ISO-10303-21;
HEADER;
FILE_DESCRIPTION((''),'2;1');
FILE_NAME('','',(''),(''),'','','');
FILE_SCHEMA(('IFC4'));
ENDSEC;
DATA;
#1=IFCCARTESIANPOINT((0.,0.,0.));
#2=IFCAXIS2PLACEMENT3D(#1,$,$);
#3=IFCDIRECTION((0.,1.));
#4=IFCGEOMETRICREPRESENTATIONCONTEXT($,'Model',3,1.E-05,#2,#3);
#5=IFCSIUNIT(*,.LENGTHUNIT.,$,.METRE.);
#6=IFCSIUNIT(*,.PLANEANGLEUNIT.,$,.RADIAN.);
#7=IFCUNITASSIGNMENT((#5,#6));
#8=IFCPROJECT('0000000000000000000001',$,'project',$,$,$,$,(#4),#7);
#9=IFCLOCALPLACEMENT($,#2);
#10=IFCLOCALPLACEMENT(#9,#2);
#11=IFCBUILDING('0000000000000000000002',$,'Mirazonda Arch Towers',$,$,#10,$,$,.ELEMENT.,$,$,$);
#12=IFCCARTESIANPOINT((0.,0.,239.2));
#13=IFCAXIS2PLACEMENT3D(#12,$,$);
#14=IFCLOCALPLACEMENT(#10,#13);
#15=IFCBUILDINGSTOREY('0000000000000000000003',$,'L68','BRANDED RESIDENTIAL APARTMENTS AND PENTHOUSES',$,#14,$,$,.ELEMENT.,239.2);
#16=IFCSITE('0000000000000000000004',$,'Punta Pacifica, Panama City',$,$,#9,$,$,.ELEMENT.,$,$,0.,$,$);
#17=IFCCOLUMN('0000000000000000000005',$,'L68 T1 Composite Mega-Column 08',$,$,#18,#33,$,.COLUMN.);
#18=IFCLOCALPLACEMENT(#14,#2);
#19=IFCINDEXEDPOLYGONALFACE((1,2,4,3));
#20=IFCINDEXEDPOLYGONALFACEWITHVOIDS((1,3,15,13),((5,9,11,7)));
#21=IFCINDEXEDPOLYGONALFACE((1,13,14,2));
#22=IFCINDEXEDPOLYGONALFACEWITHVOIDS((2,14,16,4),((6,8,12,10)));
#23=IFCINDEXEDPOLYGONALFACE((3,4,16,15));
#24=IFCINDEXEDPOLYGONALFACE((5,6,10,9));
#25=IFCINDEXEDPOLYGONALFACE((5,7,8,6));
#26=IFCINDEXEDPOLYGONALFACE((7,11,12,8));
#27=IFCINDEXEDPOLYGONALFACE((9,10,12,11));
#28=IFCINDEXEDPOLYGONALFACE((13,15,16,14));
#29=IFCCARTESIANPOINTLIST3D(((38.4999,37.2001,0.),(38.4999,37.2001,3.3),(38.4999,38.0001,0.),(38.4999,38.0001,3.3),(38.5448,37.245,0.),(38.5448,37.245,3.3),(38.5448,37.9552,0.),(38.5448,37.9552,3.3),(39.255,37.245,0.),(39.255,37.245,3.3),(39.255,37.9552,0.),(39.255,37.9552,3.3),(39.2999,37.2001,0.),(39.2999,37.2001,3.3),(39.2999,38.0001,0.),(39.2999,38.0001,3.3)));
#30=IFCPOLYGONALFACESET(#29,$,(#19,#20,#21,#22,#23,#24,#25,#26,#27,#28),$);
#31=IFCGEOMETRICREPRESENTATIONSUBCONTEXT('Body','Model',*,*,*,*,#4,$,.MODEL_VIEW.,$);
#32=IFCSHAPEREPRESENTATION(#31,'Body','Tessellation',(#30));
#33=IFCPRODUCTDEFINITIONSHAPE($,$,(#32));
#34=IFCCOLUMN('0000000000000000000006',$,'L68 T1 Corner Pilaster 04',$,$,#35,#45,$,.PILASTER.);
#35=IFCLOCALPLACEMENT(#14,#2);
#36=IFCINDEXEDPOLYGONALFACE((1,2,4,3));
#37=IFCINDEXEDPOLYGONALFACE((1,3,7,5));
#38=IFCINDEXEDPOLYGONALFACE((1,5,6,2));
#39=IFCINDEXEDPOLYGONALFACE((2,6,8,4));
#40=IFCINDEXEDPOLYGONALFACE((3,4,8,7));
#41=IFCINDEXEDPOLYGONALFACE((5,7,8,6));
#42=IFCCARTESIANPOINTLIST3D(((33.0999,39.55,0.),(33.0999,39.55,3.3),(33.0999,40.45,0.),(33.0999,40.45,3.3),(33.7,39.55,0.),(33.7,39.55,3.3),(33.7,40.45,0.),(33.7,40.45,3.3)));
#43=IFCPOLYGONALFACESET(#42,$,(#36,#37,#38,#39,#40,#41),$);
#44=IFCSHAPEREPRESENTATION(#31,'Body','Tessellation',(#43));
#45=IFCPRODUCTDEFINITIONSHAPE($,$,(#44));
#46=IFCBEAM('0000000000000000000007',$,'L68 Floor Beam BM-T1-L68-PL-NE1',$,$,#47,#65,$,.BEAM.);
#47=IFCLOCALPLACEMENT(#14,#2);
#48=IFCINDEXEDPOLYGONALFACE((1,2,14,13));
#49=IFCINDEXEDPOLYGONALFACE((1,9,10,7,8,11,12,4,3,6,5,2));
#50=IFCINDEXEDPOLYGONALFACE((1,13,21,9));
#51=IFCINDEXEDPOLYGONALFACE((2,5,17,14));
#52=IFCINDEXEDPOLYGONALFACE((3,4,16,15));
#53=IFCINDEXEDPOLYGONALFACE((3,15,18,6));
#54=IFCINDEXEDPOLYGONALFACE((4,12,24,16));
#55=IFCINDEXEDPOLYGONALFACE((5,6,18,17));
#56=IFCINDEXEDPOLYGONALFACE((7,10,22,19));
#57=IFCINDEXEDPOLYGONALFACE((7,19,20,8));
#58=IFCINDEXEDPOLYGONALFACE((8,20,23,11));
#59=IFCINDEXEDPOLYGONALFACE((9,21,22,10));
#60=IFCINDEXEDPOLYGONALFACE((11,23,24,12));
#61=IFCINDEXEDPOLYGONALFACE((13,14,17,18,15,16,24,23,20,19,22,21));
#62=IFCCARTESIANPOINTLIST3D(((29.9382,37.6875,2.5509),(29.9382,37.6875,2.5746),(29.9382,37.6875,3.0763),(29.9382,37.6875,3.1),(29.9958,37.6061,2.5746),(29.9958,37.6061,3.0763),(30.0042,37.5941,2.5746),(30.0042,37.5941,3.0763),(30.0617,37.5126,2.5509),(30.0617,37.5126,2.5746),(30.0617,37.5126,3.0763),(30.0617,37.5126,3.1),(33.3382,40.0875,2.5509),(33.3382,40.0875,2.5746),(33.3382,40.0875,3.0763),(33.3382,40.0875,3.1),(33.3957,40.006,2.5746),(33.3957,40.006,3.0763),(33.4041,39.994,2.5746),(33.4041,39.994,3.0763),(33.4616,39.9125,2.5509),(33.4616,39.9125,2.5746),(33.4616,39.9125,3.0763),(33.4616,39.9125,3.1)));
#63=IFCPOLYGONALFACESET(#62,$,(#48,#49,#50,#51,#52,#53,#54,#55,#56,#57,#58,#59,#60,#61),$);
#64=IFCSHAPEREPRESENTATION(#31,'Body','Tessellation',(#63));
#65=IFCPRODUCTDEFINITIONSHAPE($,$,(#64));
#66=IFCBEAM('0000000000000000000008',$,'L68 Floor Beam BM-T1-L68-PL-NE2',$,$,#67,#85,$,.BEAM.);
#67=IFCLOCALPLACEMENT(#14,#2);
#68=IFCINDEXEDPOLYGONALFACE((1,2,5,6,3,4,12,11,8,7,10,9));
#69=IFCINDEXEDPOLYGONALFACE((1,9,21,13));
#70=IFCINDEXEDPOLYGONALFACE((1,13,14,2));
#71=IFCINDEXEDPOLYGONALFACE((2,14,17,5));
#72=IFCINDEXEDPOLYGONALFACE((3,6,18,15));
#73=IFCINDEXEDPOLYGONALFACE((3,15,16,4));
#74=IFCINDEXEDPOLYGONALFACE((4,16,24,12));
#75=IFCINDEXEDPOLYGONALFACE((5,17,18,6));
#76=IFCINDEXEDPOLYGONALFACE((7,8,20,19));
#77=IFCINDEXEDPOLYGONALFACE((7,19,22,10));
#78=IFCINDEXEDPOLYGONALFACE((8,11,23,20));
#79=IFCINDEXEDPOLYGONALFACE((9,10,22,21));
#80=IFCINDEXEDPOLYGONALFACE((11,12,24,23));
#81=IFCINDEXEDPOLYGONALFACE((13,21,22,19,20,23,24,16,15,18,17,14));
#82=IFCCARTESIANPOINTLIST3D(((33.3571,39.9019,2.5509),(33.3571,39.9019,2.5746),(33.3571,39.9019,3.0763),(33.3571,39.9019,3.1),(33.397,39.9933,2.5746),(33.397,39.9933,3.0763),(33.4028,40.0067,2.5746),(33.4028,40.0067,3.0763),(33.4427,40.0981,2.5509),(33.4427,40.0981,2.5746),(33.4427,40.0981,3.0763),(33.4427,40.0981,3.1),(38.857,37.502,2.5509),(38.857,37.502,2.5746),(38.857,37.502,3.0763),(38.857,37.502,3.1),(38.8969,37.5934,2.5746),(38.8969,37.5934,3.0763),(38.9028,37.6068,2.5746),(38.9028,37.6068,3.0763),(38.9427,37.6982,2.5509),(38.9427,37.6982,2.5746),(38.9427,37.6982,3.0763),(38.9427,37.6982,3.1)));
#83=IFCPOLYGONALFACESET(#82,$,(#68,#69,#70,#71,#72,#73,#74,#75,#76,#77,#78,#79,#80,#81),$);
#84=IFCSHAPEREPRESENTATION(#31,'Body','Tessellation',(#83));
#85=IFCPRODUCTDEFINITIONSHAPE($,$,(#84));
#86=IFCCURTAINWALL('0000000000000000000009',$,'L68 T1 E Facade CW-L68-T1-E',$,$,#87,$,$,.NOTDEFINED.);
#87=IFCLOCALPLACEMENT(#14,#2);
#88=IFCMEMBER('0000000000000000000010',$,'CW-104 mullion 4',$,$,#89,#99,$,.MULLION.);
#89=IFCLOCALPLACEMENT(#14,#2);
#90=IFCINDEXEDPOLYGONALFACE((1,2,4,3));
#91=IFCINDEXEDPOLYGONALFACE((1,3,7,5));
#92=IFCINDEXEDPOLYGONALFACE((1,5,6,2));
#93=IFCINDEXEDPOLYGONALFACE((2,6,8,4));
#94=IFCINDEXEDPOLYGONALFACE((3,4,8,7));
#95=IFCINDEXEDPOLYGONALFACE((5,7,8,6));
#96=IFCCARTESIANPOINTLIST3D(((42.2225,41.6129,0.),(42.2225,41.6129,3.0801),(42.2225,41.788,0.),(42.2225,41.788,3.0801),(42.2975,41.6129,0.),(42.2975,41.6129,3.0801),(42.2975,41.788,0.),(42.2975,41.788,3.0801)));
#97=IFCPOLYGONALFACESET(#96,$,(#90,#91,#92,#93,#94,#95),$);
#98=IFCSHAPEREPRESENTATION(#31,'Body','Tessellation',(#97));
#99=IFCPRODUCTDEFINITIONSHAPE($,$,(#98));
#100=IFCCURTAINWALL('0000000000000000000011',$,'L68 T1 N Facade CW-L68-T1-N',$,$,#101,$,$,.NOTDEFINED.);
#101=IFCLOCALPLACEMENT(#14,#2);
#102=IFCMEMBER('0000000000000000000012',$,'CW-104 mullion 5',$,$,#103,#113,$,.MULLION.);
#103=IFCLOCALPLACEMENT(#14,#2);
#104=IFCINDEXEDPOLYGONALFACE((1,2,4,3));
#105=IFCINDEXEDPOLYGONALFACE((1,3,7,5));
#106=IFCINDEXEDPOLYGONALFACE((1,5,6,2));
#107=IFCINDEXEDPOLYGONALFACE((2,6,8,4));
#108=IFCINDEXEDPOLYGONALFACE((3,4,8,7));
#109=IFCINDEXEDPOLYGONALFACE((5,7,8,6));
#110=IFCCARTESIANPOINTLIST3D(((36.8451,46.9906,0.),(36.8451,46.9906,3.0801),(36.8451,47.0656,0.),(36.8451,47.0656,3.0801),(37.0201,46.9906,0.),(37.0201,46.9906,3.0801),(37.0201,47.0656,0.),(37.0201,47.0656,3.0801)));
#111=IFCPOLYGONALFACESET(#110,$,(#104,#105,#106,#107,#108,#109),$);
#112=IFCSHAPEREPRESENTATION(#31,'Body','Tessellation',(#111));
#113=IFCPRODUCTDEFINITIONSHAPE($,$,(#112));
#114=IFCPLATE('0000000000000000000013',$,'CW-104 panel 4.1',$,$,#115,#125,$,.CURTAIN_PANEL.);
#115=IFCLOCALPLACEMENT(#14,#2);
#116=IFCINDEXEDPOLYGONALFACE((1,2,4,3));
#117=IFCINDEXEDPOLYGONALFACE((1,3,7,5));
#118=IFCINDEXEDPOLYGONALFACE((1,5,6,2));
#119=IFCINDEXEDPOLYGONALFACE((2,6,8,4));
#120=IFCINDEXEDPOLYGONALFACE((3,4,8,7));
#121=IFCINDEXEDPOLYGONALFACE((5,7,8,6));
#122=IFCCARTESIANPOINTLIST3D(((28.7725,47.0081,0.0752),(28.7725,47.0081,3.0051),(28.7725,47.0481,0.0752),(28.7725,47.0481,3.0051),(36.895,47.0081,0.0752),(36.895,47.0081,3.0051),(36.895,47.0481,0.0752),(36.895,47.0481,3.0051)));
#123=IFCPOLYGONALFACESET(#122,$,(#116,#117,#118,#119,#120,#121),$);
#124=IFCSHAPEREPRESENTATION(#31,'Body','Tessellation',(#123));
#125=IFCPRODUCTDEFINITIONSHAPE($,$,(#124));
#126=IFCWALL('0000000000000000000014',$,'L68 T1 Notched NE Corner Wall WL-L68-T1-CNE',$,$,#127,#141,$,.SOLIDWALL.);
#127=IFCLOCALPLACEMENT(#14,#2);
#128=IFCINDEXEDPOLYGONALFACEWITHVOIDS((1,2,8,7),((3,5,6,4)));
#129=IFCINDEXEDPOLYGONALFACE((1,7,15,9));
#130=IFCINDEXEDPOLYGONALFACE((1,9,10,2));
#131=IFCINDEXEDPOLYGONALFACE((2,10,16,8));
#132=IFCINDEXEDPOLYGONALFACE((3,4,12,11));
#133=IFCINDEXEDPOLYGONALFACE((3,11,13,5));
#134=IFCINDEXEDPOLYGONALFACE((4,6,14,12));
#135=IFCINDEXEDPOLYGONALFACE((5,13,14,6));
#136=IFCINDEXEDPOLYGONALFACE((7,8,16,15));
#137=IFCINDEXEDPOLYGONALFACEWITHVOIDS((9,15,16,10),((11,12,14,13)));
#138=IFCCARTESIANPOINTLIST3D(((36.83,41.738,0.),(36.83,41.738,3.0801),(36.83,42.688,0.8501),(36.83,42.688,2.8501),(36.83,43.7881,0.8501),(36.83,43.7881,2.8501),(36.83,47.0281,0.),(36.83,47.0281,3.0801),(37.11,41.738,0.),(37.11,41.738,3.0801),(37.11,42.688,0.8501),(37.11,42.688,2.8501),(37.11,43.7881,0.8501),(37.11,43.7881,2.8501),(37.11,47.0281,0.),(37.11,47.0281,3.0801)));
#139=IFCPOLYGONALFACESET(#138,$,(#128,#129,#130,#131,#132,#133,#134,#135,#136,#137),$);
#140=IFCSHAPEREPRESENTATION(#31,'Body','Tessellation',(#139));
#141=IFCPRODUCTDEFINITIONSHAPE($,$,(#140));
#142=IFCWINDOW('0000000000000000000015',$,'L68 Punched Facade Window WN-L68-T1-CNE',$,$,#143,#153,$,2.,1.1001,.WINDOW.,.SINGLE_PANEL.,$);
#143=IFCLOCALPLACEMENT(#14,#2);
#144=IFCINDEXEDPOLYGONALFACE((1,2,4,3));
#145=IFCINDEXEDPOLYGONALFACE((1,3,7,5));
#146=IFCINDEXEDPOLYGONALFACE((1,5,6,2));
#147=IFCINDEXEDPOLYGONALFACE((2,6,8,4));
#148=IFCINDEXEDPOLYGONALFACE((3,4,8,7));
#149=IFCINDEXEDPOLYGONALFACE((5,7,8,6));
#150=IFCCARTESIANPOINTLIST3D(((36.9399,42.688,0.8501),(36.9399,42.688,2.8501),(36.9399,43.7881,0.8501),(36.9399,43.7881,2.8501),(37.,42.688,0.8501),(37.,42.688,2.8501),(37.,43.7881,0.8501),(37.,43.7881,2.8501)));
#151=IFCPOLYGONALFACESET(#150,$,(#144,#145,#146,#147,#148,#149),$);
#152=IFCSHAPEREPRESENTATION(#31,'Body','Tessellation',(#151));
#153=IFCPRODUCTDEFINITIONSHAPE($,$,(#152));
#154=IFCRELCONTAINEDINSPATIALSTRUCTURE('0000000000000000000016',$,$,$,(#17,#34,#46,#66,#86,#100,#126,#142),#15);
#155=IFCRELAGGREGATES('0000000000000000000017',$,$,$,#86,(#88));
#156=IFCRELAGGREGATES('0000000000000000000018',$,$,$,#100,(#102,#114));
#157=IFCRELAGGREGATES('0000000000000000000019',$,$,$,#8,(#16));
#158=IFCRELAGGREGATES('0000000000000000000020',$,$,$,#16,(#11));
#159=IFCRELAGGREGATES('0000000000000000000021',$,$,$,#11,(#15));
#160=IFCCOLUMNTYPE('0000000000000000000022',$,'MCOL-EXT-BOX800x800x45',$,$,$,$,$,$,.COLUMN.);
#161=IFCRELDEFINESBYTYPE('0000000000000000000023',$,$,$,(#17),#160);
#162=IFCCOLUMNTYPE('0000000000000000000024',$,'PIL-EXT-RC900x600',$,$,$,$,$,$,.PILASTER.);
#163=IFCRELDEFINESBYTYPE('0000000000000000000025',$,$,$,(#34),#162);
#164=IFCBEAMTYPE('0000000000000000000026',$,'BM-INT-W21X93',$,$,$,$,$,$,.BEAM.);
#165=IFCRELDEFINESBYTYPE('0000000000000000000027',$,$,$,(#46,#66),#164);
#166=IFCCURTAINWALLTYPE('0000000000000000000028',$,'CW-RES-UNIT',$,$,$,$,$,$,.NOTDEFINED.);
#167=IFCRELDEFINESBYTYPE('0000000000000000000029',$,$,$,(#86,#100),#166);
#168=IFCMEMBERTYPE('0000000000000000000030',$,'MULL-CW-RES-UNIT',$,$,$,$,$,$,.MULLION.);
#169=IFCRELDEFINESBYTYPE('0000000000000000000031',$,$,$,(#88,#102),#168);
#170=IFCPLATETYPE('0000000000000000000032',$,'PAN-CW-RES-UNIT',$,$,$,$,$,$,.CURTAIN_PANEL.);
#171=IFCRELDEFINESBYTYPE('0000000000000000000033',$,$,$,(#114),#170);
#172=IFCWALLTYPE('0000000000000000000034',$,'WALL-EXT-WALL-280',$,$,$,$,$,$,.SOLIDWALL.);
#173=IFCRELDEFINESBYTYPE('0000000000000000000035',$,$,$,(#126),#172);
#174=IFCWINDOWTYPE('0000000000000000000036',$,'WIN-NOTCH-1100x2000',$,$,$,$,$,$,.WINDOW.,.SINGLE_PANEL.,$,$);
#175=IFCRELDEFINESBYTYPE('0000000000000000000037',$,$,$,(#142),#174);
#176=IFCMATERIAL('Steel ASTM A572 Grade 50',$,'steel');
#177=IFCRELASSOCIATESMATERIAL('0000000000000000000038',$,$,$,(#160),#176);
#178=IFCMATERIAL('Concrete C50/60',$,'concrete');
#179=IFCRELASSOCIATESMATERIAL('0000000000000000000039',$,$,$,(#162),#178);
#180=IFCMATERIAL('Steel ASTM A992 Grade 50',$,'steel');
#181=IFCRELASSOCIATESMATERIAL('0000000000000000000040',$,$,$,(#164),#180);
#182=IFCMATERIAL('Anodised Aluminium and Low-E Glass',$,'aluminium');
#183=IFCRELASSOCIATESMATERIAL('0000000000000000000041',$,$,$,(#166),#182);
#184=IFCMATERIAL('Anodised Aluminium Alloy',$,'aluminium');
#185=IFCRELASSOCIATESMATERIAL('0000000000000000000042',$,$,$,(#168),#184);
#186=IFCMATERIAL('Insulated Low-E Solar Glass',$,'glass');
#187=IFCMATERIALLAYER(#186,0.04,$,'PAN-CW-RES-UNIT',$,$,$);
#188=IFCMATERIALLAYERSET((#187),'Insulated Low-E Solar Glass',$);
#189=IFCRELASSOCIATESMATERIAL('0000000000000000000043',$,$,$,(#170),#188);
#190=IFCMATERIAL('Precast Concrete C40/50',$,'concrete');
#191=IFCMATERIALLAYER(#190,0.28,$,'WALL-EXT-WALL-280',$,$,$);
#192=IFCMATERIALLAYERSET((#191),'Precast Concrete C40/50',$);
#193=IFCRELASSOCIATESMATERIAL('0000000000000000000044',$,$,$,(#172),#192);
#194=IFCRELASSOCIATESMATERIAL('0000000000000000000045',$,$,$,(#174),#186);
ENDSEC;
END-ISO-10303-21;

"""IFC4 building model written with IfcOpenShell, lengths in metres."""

from ifc_helpers import new_model, si_unit, direction, frame, frame_2d, origin, origin_2d, place, context, subcontext, project, spatial, rectangle, hollow_rectangle, i_section, extrude, material, layer, layer_set, material_profile, profile_set, type_object, element, fill, aggregate, save


model = new_model("IFC4")

# Units and contexts
model_context = context("Model", 3, precision=1e-05, world=origin(), true_north=direction((0.0, 1.0)))
body_context = subcontext(model_context, "Body", "Model", "MODEL_VIEW")
ifc_project = project(units=[si_unit("LENGTHUNIT", "METRE"), si_unit("PLANEANGLEUNIT", "RADIAN")], contexts=[model_context])

# Site, building, storey
site_placement = place(None, origin())
site = spatial("IfcSite", under=ifc_project, at=site_placement, Name="Punta Pacifica, Panama City", CompositionType="ELEMENT", RefElevation=0.0)
building_placement = place(site_placement, origin())
building = spatial("IfcBuilding", under=site, at=building_placement, Name="Mirazonda Arch Towers", CompositionType="ELEMENT")
storey_placement = place(building_placement, frame((0.0, 0.0, 239.2)))
storey = spatial("IfcBuildingStorey", under=building, at=storey_placement, Name="L68", Description="BRANDED RESIDENTIAL APARTMENTS AND PENTHOUSES", CompositionType="ELEMENT", Elevation=239.2)

# Columns
ifc_material_1 = material(Name="Steel ASTM A572 Grade 50", Category="steel")
ifc_material_profile_1 = material_profile(ifc_material_1, hollow_rectangle(XDim=0.8, YDim=0.8, WallThickness=0.0449, at=origin_2d()), Name="BOX800x800x45")
ifc_profile_set_1 = profile_set([ifc_material_profile_1], Name="Steel ASTM A572 Grade 50")
column_type_1 = type_object("IfcColumnType", Name="MCOL-EXT-BOX800x800x45", PredefinedType="COLUMN", material=ifc_profile_set_1)
column_1_placement = place(storey_placement, frame((38.8999, 37.6001, 0.0), z_axis=(0.0, 0.0, 1.0), x_axis=(1.0, 0.0, 0.0)))
element("IfcColumn", 1, at=column_1_placement, inside=storey, type_object=column_type_1, Name="L68 T1 Composite Mega-Column 08", PredefinedType="COLUMN", context=body_context, shape_type="SweptSolid", body=[
    extrude(hollow_rectangle(XDim=0.8, YDim=0.8, WallThickness=0.0449, at=origin_2d()), origin(), (0.0, 0.0, 1.0), 3.3),
])
ifc_material_2 = material(Name="Concrete C50/60", Category="concrete")
ifc_material_profile_2 = material_profile(ifc_material_2, rectangle(XDim=0.6001, YDim=0.8999, at=origin_2d()), Name="RC900x600")
ifc_profile_set_2 = profile_set([ifc_material_profile_2], Name="Concrete C50/60")
column_type_2 = type_object("IfcColumnType", Name="PIL-EXT-RC900x600", PredefinedType="PILASTER", material=ifc_profile_set_2)
column_2_placement = place(storey_placement, frame((33.3999, 40.0, 0.0), z_axis=(0.0, 0.0, 1.0), x_axis=(1.0, 0.0, 0.0)))
element("IfcColumn", 2, at=column_2_placement, inside=storey, type_object=column_type_2, Name="L68 T1 Corner Pilaster 04", PredefinedType="PILASTER", context=body_context, shape_type="SweptSolid", body=[
    extrude(rectangle(XDim=0.6001, YDim=0.8999, at=origin_2d()), origin(), (0.0, 0.0, 1.0), 3.3),
])

# Beams
ifc_material_3 = material(Name="Steel ASTM A992 Grade 50", Category="steel")
ifc_material_profile_3 = material_profile(ifc_material_3, i_section(OverallWidth=0.2141, OverallDepth=0.5491, WebThickness=0.0146, FlangeThickness=0.0237, at=origin_2d()), Name="W21X93")
ifc_profile_set_3 = profile_set([ifc_material_profile_3], Name="Steel ASTM A992 Grade 50")
beam_type = type_object("IfcBeamType", Name="BM-INT-W21X93", PredefinedType="BEAM", material=ifc_profile_set_3)
beam_1_placement = place(storey_placement, frame((33.3999, 40.0, 2.8254), z_axis=(-0.816971, -0.576679, 0.0), x_axis=(0.576679, -0.816971, 0.0)))
element("IfcBeam", 3, at=beam_1_placement, inside=storey, type_object=beam_type, Name="L68 Floor Beam BM-T1-L68-PL-NE1", PredefinedType="BEAM", context=body_context, shape_type="SweptSolid", body=[
    extrude(i_section(OverallWidth=0.2141, OverallDepth=0.5491, WebThickness=0.0146, FlangeThickness=0.0237, at=origin_2d()), origin(), (0.0, 0.0, 1.0), 4.1616),
])
beam_2_placement = place(storey_placement, frame((33.3999, 40.0, 2.8254), z_axis=(0.916545, -0.399931, 0.0), x_axis=(0.399931, 0.916545, 0.0)))
element("IfcBeam", 4, at=beam_2_placement, inside=storey, type_object=beam_type, Name="L68 Floor Beam BM-T1-L68-PL-NE2", PredefinedType="BEAM", context=body_context, shape_type="SweptSolid", body=[
    extrude(i_section(OverallWidth=0.2141, OverallDepth=0.5491, WebThickness=0.0146, FlangeThickness=0.0237, at=origin_2d()), origin(), (0.0, 0.0, 1.0), 6.0007),
])

# Curtain wall, member
ifc_material_4 = material(Name="Anodised Aluminium and Low-E Glass", Category="aluminium")
curtain_wall_type = type_object("IfcCurtainWallType", Name="CW-RES-UNIT", PredefinedType="NOTDEFINED", material=ifc_material_4)
curtain_wall_1_placement = place(storey_placement, origin())
curtain_wall_1 = element("IfcCurtainWall", 5, at=curtain_wall_1_placement, inside=storey, type_object=curtain_wall_type, Name="L68 T1 E Facade CW-L68-T1-E", PredefinedType="NOTDEFINED")
ifc_material_5 = material(Name="Anodised Aluminium Alloy", Category="aluminium")
ifc_material_profile_4 = material_profile(ifc_material_5, rectangle(XDim=0.075, YDim=0.175, at=origin_2d()), Name="ALU-MULL-75x175")
ifc_profile_set_4 = profile_set([ifc_material_profile_4], Name="Anodised Aluminium Alloy")
member_type = type_object("IfcMemberType", Name="MULL-CW-RES-UNIT", PredefinedType="MULLION", material=ifc_profile_set_4)
member_1_placement = place(storey_placement, frame((42.26, 41.7004, 0.0), z_axis=(0.0, 0.0, 1.0), x_axis=(-1.0, 0.0, 0.0)))
member_1 = element("IfcMember", 6, at=member_1_placement, type_object=member_type, Name="CW-104 mullion 4", PredefinedType="MULLION", context=body_context, shape_type="SweptSolid", body=[
    extrude(rectangle(XDim=0.075, YDim=0.175, at=origin_2d()), origin(), (0.0, 0.0, 1.0), 3.0801),
])
aggregate(curtain_wall_1, [member_1])

# Curtain wall, member, plate
curtain_wall_2_placement = place(storey_placement, origin())
curtain_wall_2 = element("IfcCurtainWall", 7, at=curtain_wall_2_placement, inside=storey, type_object=curtain_wall_type, Name="L68 T1 N Facade CW-L68-T1-N", PredefinedType="NOTDEFINED")
member_2_placement = place(storey_placement, frame((36.9326, 47.0281, 0.0), z_axis=(0.0, 0.0, 1.0), x_axis=(0.0, 1.0, 0.0)))
member_2 = element("IfcMember", 8, at=member_2_placement, type_object=member_type, Name="CW-104 mullion 5", PredefinedType="MULLION", context=body_context, shape_type="SweptSolid", body=[
    extrude(rectangle(XDim=0.075, YDim=0.175, at=origin_2d()), origin(), (0.0, 0.0, 1.0), 3.0801),
])
ifc_material_6 = material(Name="Insulated Low-E Solar Glass", Category="glass")
ifc_layer_1 = layer(ifc_material_6, 0.04, Name="PAN-CW-RES-UNIT")
ifc_layer_set_1 = layer_set([ifc_layer_1], Name="Insulated Low-E Solar Glass")
plate_type = type_object("IfcPlateType", Name="PAN-CW-RES-UNIT", PredefinedType="CURTAIN_PANEL", material=ifc_layer_set_1)
plate_placement = place(storey_placement, frame((32.8337, 47.0281, 0.0752), z_axis=(0.0, 0.0, 1.0), x_axis=(1.0, 0.0, 0.0)))
plate = element("IfcPlate", 9, at=plate_placement, type_object=plate_type, Name="CW-104 panel 4.1", PredefinedType="CURTAIN_PANEL", context=body_context, shape_type="SweptSolid", body=[
    extrude(rectangle(XDim=8.1226, YDim=0.04, at=origin_2d()), origin(), (0.0, 0.0, 1.0), 2.9299),
])
aggregate(curtain_wall_2, [member_2, plate])

# Wall, opening, window
ifc_material_7 = material(Name="Precast Concrete C40/50", Category="concrete")
ifc_layer_2 = layer(ifc_material_7, 0.28, Name="WALL-EXT-WALL-280")
ifc_layer_set_2 = layer_set([ifc_layer_2], Name="Precast Concrete C40/50")
wall_type_1 = type_object("IfcWallType", Name="WALL-EXT-WALL-280", PredefinedType="SOLIDWALL", material=ifc_layer_set_2)
wall_1_placement = place(storey_placement, frame((36.97, 41.738, 0.0), z_axis=(0.0, 0.0, 1.0), x_axis=(0.0, 1.0, 0.0)))
wall_1 = element("IfcWall", 10, at=wall_1_placement, inside=storey, type_object=wall_type_1, Name="L68 T1 Notched NE Corner Wall WL-L68-T1-CNE", PredefinedType="SOLIDWALL", context=body_context, shape_type="SweptSolid", body=[
    extrude(rectangle(XDim=5.29, YDim=0.28, at=frame_2d((2.645, 0.0))), origin(), (0.0, 0.0, 1.0), 3.0801),
])
opening_1_placement = place(wall_1_placement, frame((0.95, 0.0, 0.8501)))
opening_1 = element("IfcOpeningElement", 11, at=opening_1_placement, cuts=wall_1, PredefinedType="OPENING", context=body_context, shape_type="SweptSolid", body=[
    extrude(rectangle(XDim=1.1001, YDim=2.0, at=frame_2d((0.55, 1.0))), frame((0.0, 0.1499, 0.0), z_axis=(0.0, -1.0, 0.0), x_axis=(1.0, 0.0, 0.0)), (0.0, 0.0, 1.0), 0.3),
])
window_type = type_object("IfcWindowType", Name="WIN-NOTCH-1100x2000", PartitioningType="SINGLE_PANEL", PredefinedType="WINDOW", material=ifc_material_6)
window_1_placement = place(opening_1_placement, origin())
window_1 = element("IfcWindow", 12, at=window_1_placement, inside=storey, type_object=window_type, Name="L68 Punched Facade Window WN-L68-T1-CNE", OverallHeight=2.0, OverallWidth=1.1001, PartitioningType="SINGLE_PANEL", PredefinedType="WINDOW", context=body_context, shape_type="SweptSolid", body=[
    extrude(rectangle(XDim=1.1001, YDim=2.0, at=frame_2d((0.55, 1.0))), frame((0.0, 0.03, 0.0), z_axis=(0.0, -1.0, 0.0), x_axis=(1.0, 0.0, 0.0)), (0.0, 0.0, 1.0), 0.0601),
])
fill(opening_1, window_1)

save(model, "model.ifc")
